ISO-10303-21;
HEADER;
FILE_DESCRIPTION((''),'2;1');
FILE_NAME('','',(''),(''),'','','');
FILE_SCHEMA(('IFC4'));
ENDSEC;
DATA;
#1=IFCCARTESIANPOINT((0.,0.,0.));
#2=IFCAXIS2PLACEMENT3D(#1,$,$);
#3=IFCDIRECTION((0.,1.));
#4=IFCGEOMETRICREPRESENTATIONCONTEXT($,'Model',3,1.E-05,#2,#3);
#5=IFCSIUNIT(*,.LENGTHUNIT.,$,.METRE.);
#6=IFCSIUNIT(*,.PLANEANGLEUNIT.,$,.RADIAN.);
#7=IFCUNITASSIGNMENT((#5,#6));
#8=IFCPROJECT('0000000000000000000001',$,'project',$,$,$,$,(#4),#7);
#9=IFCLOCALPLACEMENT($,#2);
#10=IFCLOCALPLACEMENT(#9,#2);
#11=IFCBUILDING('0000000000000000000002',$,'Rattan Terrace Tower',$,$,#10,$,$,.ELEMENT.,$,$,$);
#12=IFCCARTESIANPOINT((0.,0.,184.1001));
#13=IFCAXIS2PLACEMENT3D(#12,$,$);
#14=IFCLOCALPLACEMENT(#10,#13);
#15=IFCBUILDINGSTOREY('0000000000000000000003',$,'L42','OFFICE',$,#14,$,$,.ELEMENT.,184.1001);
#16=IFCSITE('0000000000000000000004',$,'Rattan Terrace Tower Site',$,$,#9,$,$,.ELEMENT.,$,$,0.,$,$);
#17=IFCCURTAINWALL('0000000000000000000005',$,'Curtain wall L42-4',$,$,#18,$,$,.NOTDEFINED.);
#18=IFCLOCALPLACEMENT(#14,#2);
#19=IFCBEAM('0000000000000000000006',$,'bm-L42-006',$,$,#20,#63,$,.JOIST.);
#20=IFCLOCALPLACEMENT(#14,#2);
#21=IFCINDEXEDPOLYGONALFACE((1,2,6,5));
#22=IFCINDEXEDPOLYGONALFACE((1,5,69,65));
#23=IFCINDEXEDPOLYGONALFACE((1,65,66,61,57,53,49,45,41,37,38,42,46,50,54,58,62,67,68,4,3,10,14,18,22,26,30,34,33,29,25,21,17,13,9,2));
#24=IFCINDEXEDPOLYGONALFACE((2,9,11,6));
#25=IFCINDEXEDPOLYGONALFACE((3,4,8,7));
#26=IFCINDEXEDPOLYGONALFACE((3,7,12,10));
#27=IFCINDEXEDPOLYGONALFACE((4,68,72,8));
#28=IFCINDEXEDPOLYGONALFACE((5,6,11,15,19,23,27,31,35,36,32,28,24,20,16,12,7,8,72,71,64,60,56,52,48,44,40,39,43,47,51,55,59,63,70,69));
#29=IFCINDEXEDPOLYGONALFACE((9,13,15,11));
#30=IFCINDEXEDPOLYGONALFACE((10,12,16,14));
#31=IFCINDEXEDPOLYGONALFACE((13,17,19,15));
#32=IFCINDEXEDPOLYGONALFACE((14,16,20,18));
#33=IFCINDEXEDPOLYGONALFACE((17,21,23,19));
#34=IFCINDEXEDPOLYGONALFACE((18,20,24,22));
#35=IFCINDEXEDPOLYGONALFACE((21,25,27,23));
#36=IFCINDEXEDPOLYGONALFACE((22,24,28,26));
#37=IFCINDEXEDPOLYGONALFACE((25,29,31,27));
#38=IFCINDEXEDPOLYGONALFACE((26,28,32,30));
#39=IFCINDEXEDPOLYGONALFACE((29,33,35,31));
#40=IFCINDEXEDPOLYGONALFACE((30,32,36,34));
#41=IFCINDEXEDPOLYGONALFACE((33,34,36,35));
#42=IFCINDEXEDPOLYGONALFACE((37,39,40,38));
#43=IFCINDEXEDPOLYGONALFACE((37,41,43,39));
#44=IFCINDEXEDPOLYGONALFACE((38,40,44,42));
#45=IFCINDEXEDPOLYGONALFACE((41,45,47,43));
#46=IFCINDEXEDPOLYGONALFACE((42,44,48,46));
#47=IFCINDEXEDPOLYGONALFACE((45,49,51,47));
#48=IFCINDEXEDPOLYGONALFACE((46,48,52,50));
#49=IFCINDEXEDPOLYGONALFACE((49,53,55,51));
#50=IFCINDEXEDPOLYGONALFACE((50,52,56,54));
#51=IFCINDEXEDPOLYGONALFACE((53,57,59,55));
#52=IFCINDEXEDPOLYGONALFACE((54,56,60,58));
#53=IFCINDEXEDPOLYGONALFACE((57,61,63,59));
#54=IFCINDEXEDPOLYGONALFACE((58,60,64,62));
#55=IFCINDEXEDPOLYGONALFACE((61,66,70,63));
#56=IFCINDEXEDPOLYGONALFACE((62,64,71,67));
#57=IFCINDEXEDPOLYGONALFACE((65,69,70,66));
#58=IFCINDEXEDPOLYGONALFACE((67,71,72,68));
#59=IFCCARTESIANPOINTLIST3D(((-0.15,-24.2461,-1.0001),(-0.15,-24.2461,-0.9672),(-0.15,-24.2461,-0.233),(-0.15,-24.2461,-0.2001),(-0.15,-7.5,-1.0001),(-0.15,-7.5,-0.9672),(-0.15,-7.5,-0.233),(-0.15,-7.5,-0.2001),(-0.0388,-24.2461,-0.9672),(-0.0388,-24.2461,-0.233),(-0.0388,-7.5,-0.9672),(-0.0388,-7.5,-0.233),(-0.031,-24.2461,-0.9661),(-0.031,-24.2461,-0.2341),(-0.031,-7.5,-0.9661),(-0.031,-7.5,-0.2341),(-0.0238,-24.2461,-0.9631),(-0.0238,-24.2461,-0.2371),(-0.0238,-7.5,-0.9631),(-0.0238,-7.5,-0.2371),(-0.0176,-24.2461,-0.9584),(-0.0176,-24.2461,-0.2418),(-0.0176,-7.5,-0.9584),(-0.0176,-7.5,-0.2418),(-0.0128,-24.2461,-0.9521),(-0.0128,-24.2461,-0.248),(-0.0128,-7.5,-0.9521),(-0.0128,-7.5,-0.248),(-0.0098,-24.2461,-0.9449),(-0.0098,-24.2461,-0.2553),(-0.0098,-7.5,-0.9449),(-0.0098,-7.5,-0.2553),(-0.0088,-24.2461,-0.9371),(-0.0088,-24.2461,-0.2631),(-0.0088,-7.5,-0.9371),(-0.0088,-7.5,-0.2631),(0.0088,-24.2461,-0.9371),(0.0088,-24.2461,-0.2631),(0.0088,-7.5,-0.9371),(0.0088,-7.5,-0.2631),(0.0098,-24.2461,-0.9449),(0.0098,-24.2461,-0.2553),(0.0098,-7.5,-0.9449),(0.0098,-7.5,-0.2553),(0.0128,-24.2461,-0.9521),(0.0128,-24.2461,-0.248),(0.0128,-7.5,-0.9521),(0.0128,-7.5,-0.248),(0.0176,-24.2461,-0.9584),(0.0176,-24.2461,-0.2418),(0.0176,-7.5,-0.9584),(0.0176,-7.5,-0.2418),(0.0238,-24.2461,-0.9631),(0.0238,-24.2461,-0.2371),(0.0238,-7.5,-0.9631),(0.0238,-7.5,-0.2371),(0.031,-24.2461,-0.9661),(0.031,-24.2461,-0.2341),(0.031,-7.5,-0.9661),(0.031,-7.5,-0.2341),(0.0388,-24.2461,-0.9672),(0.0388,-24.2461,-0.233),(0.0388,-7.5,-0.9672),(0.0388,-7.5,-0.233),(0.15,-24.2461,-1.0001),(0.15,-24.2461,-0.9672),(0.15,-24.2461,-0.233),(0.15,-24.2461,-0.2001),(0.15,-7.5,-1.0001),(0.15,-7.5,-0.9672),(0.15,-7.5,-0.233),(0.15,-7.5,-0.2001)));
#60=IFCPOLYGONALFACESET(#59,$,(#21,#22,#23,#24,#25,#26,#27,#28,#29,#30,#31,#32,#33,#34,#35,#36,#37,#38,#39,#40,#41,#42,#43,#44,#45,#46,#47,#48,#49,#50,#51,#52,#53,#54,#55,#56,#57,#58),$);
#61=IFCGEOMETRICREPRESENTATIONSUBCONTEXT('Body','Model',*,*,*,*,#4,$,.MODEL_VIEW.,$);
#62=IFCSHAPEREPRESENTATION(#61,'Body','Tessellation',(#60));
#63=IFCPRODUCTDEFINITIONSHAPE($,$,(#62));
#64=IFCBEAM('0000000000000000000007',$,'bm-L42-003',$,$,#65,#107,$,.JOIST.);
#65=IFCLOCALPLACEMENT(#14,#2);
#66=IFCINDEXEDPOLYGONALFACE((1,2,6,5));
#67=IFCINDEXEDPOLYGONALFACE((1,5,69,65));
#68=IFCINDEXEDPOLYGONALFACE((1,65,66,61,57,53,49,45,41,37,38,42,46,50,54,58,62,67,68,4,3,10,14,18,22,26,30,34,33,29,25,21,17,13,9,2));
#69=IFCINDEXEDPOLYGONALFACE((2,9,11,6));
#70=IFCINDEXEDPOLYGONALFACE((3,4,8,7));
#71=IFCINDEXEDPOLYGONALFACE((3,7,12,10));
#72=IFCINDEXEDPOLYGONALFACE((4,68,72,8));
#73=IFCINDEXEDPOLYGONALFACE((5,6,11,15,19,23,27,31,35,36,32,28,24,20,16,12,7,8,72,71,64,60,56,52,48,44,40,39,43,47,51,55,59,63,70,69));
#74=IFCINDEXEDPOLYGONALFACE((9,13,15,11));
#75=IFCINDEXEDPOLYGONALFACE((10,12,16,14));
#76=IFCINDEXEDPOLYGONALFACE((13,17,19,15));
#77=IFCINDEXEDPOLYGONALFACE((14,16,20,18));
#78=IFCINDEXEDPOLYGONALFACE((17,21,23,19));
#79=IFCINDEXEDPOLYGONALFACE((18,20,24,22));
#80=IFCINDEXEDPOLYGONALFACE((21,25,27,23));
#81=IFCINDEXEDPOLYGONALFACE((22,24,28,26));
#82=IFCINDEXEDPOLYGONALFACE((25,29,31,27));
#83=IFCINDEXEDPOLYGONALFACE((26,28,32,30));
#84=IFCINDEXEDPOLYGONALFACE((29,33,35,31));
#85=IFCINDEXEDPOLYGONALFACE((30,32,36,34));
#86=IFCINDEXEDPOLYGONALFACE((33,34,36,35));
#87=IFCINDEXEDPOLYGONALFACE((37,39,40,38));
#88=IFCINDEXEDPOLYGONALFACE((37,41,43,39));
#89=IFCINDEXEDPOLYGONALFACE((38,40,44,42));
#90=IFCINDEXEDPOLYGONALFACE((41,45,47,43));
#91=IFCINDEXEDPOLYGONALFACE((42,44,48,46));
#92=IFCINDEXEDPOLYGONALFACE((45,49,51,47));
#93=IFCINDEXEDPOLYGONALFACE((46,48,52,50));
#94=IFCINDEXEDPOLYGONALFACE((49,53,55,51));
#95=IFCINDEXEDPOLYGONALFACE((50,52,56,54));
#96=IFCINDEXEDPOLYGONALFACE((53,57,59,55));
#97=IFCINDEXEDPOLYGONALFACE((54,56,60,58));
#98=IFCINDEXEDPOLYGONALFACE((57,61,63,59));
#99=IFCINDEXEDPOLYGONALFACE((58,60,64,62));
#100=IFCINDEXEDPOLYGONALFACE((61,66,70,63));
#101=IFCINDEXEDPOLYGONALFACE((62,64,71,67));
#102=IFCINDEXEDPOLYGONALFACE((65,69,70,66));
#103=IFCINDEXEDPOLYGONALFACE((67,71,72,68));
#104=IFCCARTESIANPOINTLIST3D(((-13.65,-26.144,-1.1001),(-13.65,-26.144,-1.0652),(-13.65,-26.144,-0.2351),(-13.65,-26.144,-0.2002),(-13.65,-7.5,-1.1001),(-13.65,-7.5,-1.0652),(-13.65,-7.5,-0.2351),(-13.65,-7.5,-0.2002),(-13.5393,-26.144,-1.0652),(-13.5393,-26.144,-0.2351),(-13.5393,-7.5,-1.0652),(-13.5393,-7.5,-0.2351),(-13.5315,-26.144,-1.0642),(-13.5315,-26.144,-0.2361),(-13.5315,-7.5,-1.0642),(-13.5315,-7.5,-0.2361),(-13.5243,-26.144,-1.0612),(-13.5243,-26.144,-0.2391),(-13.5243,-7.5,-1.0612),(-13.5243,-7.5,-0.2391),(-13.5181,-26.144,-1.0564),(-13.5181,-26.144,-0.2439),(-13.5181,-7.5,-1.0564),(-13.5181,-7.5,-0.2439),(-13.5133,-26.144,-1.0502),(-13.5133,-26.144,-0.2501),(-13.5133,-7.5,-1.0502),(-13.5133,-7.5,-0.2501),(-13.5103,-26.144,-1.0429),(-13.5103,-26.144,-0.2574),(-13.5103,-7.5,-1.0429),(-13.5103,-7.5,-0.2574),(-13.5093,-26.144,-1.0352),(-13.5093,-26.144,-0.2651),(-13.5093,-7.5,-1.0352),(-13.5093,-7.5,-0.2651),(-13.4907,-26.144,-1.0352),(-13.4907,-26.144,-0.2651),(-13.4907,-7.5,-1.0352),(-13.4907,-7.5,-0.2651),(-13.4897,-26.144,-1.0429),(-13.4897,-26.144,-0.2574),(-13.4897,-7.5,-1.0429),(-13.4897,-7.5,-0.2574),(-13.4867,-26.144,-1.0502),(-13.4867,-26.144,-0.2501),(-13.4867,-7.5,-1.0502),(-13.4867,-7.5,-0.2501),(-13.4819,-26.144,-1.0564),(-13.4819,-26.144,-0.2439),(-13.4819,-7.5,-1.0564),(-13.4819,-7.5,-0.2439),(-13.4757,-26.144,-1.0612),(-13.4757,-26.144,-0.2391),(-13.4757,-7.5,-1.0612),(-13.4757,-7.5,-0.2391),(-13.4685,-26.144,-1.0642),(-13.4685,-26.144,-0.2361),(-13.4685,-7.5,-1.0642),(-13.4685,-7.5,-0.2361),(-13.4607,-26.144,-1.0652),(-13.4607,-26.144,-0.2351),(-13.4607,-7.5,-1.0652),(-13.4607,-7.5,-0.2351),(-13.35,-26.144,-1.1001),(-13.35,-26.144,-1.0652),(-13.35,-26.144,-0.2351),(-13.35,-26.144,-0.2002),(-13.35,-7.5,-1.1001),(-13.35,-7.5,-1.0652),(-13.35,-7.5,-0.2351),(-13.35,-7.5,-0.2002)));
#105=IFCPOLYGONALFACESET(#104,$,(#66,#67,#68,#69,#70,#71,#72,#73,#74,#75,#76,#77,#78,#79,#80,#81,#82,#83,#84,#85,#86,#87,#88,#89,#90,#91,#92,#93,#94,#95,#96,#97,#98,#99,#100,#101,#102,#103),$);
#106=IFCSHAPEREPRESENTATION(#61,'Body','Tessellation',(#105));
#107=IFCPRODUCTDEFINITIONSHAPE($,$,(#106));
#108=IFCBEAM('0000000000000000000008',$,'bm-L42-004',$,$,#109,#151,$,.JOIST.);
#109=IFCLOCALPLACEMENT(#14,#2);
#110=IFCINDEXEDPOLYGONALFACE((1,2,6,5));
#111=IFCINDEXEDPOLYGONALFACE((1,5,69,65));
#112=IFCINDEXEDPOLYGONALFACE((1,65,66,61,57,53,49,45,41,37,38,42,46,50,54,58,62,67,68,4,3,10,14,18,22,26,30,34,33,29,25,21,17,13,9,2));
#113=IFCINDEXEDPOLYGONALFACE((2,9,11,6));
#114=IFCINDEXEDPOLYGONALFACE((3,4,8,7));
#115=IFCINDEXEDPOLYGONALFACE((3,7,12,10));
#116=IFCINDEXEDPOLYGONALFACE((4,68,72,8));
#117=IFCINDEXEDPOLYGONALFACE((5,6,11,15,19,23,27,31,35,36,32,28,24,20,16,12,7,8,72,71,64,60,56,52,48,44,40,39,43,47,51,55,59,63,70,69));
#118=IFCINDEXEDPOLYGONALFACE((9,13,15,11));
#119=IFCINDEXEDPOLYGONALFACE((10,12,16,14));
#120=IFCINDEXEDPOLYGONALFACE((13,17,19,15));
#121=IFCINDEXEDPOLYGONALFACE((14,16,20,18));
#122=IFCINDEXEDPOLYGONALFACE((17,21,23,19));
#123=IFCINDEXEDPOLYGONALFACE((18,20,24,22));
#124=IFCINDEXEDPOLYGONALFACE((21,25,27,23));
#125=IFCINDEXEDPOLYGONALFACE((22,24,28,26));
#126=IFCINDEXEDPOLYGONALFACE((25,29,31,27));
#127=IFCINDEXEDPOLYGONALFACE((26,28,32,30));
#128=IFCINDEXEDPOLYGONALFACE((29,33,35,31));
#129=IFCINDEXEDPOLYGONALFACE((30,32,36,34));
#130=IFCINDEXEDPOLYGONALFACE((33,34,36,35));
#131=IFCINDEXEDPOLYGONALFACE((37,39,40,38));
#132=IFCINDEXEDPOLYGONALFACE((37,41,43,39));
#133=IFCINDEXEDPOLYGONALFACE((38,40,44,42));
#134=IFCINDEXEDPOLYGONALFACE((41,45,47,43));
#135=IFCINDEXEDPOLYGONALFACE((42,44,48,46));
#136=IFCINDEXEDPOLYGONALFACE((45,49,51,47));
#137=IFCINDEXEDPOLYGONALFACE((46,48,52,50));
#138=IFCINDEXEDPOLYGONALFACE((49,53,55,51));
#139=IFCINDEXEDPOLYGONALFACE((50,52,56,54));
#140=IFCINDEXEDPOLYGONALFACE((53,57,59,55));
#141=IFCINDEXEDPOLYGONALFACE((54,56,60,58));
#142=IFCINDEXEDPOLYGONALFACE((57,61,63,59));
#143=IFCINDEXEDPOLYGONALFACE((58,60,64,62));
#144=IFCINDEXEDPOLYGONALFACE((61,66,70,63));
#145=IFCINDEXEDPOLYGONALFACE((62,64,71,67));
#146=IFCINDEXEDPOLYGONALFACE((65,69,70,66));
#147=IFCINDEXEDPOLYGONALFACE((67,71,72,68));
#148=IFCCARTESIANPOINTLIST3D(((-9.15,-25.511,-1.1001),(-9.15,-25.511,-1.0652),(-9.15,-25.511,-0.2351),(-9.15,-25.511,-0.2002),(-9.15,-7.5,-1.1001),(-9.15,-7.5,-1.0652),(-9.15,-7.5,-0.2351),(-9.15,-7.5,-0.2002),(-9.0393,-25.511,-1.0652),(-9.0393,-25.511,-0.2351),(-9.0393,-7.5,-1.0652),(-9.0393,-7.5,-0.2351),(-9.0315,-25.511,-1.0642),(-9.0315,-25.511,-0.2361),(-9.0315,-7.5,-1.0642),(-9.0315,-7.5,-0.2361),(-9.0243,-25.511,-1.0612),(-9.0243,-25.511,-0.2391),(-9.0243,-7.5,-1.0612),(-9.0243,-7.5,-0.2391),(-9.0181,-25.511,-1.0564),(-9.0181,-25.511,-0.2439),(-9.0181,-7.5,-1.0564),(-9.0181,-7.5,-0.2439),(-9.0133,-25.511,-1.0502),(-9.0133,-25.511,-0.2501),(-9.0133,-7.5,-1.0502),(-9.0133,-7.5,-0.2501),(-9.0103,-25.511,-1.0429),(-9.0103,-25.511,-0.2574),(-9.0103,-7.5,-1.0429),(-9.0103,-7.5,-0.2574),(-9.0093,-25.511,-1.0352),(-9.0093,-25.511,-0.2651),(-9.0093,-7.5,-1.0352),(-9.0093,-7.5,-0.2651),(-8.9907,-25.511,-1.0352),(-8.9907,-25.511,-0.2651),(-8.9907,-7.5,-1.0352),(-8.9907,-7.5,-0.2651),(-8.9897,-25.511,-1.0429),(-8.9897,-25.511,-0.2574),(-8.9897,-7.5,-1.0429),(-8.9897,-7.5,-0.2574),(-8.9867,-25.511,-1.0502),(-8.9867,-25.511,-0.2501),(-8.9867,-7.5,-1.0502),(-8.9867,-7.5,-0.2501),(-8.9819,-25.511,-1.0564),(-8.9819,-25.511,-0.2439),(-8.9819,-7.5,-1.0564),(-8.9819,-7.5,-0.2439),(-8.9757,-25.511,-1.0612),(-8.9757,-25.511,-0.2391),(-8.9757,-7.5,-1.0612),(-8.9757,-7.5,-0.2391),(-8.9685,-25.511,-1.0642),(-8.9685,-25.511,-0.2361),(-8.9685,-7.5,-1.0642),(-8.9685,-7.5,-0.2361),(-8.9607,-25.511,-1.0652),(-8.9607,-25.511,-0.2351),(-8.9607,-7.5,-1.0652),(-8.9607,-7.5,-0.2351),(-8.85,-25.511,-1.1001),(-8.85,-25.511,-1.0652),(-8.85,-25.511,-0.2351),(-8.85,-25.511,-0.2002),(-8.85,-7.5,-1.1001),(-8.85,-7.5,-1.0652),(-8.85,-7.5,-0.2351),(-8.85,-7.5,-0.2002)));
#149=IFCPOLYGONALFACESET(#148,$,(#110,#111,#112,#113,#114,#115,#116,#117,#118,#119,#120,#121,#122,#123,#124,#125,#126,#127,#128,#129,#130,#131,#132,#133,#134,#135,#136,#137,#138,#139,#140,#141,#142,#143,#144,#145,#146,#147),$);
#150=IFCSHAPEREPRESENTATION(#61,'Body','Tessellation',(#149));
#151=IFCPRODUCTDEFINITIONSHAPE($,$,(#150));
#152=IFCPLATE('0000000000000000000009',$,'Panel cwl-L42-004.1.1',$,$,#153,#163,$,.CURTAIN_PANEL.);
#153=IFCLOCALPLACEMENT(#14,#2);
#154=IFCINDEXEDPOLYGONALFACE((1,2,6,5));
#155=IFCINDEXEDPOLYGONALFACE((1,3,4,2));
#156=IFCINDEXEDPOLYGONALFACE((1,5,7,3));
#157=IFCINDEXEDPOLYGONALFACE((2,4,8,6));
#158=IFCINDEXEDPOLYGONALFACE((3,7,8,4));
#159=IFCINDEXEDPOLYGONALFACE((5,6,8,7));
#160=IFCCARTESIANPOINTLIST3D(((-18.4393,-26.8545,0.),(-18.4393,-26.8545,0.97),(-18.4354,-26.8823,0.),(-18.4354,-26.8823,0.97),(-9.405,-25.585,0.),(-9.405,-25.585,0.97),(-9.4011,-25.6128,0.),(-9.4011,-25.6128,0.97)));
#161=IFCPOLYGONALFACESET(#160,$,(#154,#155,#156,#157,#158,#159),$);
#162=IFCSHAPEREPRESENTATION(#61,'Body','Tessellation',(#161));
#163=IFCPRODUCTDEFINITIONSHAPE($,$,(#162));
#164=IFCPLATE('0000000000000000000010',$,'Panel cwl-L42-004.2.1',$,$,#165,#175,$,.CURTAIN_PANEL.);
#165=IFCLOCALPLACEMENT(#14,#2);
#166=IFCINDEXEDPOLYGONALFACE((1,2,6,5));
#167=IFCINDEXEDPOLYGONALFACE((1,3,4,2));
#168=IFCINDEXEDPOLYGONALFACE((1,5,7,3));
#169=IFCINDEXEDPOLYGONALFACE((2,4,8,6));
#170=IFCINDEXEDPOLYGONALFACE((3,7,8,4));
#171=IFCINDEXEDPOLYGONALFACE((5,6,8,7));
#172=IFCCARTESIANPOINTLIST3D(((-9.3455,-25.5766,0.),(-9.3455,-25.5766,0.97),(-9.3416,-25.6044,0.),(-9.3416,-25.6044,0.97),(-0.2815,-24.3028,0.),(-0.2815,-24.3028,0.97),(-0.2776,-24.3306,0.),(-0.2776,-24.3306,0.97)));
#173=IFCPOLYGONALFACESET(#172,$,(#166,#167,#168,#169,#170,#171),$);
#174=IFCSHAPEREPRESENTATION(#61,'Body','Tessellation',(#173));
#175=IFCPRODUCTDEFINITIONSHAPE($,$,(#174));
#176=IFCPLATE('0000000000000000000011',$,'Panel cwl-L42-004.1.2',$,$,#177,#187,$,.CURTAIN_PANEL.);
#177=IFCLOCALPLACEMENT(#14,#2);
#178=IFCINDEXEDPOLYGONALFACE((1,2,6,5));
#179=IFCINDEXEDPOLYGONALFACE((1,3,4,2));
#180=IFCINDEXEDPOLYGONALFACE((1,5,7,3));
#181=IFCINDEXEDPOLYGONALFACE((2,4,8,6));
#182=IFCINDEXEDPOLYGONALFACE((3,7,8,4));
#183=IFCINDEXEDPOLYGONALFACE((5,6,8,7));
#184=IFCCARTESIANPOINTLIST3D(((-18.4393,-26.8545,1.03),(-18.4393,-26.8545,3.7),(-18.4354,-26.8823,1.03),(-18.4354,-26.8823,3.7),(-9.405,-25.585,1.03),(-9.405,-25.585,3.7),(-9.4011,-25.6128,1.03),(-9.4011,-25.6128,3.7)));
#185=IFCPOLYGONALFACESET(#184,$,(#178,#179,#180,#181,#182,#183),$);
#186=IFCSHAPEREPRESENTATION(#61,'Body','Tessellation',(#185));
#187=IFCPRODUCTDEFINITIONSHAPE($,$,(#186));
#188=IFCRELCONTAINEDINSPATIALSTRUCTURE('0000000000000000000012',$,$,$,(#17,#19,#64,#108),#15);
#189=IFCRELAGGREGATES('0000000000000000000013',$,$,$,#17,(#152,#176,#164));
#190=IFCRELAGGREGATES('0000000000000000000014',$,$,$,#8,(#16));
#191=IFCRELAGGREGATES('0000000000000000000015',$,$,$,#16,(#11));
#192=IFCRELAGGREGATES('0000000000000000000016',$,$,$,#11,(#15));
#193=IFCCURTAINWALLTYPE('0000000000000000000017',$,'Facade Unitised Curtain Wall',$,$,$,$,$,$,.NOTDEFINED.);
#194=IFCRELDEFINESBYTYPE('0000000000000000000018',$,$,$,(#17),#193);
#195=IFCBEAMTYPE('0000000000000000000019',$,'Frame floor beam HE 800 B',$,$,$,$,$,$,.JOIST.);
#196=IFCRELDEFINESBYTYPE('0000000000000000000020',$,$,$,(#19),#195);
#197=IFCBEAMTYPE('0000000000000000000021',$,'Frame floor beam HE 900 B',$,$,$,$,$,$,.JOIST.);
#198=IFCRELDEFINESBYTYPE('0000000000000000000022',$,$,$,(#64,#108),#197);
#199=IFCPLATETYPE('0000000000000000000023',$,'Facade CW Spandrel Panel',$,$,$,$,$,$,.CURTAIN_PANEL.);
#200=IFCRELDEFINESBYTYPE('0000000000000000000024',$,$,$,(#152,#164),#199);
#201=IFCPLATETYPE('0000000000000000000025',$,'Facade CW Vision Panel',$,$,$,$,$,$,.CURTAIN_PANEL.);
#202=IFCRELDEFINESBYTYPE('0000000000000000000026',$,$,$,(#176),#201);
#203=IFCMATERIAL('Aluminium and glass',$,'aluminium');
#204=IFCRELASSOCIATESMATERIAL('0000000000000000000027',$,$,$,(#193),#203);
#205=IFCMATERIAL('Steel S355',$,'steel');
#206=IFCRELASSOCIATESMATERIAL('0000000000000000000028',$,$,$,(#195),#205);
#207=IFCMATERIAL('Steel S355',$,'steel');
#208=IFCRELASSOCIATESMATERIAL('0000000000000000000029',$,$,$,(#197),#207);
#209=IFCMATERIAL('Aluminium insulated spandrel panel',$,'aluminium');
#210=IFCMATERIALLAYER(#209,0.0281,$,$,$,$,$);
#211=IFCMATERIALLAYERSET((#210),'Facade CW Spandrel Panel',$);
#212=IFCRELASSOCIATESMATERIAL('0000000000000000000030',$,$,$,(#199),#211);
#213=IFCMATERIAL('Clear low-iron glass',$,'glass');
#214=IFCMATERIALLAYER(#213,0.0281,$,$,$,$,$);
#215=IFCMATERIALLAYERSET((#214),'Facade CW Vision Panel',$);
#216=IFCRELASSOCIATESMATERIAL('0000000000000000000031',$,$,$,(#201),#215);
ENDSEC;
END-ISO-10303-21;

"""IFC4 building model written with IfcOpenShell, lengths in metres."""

from ifc_helpers import new_model, si_unit, direction, frame, origin, origin_2d, place, context, subcontext, project, spatial, rectangle, i_section, extrude, material, layer, layer_set, material_profile, profile_set, type_object, element, aggregate, save


model = new_model("IFC4")

# Units and contexts
model_context = context("Model", 3, precision=1e-05, world=origin(), true_north=direction((0.0, 1.0)))
body_context = subcontext(model_context, "Body", "Model", "MODEL_VIEW")
ifc_project = project(units=[si_unit("LENGTHUNIT", "METRE"), si_unit("PLANEANGLEUNIT", "RADIAN")], contexts=[model_context])

# Site, building, storey
site_placement = place(None, origin())
site = spatial("IfcSite", under=ifc_project, at=site_placement, Name="Rattan Terrace Tower Site", CompositionType="ELEMENT", RefElevation=0.0)
building_placement = place(site_placement, origin())
building = spatial("IfcBuilding", under=site, at=building_placement, Name="Rattan Terrace Tower", CompositionType="ELEMENT")
storey_placement = place(building_placement, frame((0.0, 0.0, 184.1001)))
storey = spatial("IfcBuildingStorey", under=building, at=storey_placement, Name="L42", Description="OFFICE", CompositionType="ELEMENT", Elevation=184.1001)

# Curtain wall
ifc_material_1 = material(Name="Aluminium and glass", Category="aluminium")
curtain_wall_type = type_object("IfcCurtainWallType", Name="Facade Unitised Curtain Wall", PredefinedType="NOTDEFINED", material=ifc_material_1)
curtain_wall_placement = place(storey_placement, origin())
curtain_wall = element("IfcCurtainWall", 1, at=curtain_wall_placement, inside=storey, type_object=curtain_wall_type, Name="Curtain wall L42-4", PredefinedType="NOTDEFINED")

# Beams
ifc_material_2 = material(Name="Steel S355", Category="steel")
ifc_material_profile_1 = material_profile(ifc_material_2, i_section(OverallWidth=0.3, OverallDepth=0.8, WebThickness=0.0176, FlangeThickness=0.033, FilletRadius=0.03, at=origin_2d()), Name="HE 800 B")
ifc_profile_set_1 = profile_set([ifc_material_profile_1], Name="Steel S355")
beam_type_1 = type_object("IfcBeamType", Name="Frame floor beam HE 800 B", PredefinedType="JOIST", material=ifc_profile_set_1)
beam_1_placement = place(storey_placement, frame((0.0, -24.2461, -0.6001), z_axis=(0.0, 1.0, 0.0), x_axis=(-1.0, 0.0, 0.0)))
element("IfcBeam", 2, at=beam_1_placement, inside=storey, type_object=beam_type_1, Name="bm-L42-006", PredefinedType="JOIST", context=body_context, shape_type="SweptSolid", body=[
    extrude(i_section(OverallWidth=0.3, OverallDepth=0.8, WebThickness=0.0176, FlangeThickness=0.033, FilletRadius=0.03, at=origin_2d()), origin(), (0.0, 0.0, 1.0), 16.7461),
])
ifc_material_3 = material(Name="Steel S355", Category="steel")
ifc_material_profile_2 = material_profile(ifc_material_3, i_section(OverallWidth=0.3, OverallDepth=0.8999, WebThickness=0.0186, FlangeThickness=0.0349, FilletRadius=0.03, at=origin_2d()), Name="HE 900 B")
ifc_profile_set_2 = profile_set([ifc_material_profile_2], Name="Steel S355")
beam_type_2 = type_object("IfcBeamType", Name="Frame floor beam HE 900 B", PredefinedType="JOIST", material=ifc_profile_set_2)
beam_2_placement = place(storey_placement, frame((-13.5, -26.144, -0.6501), z_axis=(0.0, 1.0, 0.0), x_axis=(-1.0, 0.0, 0.0)))
element("IfcBeam", 3, at=beam_2_placement, inside=storey, type_object=beam_type_2, Name="bm-L42-003", PredefinedType="JOIST", context=body_context, shape_type="SweptSolid", body=[
    extrude(i_section(OverallWidth=0.3, OverallDepth=0.8999, WebThickness=0.0186, FlangeThickness=0.0349, FilletRadius=0.03, at=origin_2d()), origin(), (0.0, 0.0, 1.0), 18.644),
])
beam_3_placement = place(storey_placement, frame((-9.0, -25.511, -0.6501), z_axis=(0.0, 1.0, 0.0), x_axis=(-1.0, 0.0, 0.0)))
element("IfcBeam", 4, at=beam_3_placement, inside=storey, type_object=beam_type_2, Name="bm-L42-004", PredefinedType="JOIST", context=body_context, shape_type="SweptSolid", body=[
    extrude(i_section(OverallWidth=0.3, OverallDepth=0.8999, WebThickness=0.0186, FlangeThickness=0.0349, FilletRadius=0.03, at=origin_2d()), origin(), (0.0, 0.0, 1.0), 18.011),
])

# Plates
ifc_material_4 = material(Name="Aluminium insulated spandrel panel", Category="aluminium")
ifc_layer_1 = layer(ifc_material_4, 0.0281)
ifc_layer_set_1 = layer_set([ifc_layer_1], Name="Facade CW Spandrel Panel")
plate_type_1 = type_object("IfcPlateType", Name="Facade CW Spandrel Panel", PredefinedType="CURTAIN_PANEL", material=ifc_layer_set_1)
plate_1_placement = place(storey_placement, frame((-13.9202, -26.2336, 0.0), z_axis=(0.0, 0.0, 1.0), x_axis=(0.99027, 0.139161, 0.0)))
plate_1 = element("IfcPlate", 5, at=plate_1_placement, type_object=plate_type_1, Name="Panel cwl-L42-004.1.1", PredefinedType="CURTAIN_PANEL", context=body_context, shape_type="SweptSolid", body=[
    extrude(rectangle(XDim=9.123, YDim=0.0281, at=origin_2d()), origin(), (0.0, 0.0, 1.0), 0.97),
])
plate_2_placement = place(storey_placement, frame((-4.8115, -24.9536, 0.0), z_axis=(0.0, 0.0, 1.0), x_axis=(0.99027, 0.139161, 0.0)))
plate_2 = element("IfcPlate", 6, at=plate_2_placement, type_object=plate_type_1, Name="Panel cwl-L42-004.2.1", PredefinedType="CURTAIN_PANEL", context=body_context, shape_type="SweptSolid", body=[
    extrude(rectangle(XDim=9.1531, YDim=0.0281, at=origin_2d()), origin(), (0.0, 0.0, 1.0), 0.97),
])
ifc_material_5 = material(Name="Clear low-iron glass", Category="glass")
ifc_layer_2 = layer(ifc_material_5, 0.0281)
ifc_layer_set_2 = layer_set([ifc_layer_2], Name="Facade CW Vision Panel")
plate_type_2 = type_object("IfcPlateType", Name="Facade CW Vision Panel", PredefinedType="CURTAIN_PANEL", material=ifc_layer_set_2)
plate_3_placement = place(storey_placement, frame((-13.9202, -26.2336, 1.03), z_axis=(0.0, 0.0, 1.0), x_axis=(0.99027, 0.139161, 0.0)))
plate_3 = element("IfcPlate", 7, at=plate_3_placement, type_object=plate_type_2, Name="Panel cwl-L42-004.1.2", PredefinedType="CURTAIN_PANEL", context=body_context, shape_type="SweptSolid", body=[
    extrude(rectangle(XDim=9.123, YDim=0.0281, at=origin_2d()), origin(), (0.0, 0.0, 1.0), 2.6699),
])
aggregate(curtain_wall, [plate_1, plate_3, plate_2])

save(model, "model.ifc")
